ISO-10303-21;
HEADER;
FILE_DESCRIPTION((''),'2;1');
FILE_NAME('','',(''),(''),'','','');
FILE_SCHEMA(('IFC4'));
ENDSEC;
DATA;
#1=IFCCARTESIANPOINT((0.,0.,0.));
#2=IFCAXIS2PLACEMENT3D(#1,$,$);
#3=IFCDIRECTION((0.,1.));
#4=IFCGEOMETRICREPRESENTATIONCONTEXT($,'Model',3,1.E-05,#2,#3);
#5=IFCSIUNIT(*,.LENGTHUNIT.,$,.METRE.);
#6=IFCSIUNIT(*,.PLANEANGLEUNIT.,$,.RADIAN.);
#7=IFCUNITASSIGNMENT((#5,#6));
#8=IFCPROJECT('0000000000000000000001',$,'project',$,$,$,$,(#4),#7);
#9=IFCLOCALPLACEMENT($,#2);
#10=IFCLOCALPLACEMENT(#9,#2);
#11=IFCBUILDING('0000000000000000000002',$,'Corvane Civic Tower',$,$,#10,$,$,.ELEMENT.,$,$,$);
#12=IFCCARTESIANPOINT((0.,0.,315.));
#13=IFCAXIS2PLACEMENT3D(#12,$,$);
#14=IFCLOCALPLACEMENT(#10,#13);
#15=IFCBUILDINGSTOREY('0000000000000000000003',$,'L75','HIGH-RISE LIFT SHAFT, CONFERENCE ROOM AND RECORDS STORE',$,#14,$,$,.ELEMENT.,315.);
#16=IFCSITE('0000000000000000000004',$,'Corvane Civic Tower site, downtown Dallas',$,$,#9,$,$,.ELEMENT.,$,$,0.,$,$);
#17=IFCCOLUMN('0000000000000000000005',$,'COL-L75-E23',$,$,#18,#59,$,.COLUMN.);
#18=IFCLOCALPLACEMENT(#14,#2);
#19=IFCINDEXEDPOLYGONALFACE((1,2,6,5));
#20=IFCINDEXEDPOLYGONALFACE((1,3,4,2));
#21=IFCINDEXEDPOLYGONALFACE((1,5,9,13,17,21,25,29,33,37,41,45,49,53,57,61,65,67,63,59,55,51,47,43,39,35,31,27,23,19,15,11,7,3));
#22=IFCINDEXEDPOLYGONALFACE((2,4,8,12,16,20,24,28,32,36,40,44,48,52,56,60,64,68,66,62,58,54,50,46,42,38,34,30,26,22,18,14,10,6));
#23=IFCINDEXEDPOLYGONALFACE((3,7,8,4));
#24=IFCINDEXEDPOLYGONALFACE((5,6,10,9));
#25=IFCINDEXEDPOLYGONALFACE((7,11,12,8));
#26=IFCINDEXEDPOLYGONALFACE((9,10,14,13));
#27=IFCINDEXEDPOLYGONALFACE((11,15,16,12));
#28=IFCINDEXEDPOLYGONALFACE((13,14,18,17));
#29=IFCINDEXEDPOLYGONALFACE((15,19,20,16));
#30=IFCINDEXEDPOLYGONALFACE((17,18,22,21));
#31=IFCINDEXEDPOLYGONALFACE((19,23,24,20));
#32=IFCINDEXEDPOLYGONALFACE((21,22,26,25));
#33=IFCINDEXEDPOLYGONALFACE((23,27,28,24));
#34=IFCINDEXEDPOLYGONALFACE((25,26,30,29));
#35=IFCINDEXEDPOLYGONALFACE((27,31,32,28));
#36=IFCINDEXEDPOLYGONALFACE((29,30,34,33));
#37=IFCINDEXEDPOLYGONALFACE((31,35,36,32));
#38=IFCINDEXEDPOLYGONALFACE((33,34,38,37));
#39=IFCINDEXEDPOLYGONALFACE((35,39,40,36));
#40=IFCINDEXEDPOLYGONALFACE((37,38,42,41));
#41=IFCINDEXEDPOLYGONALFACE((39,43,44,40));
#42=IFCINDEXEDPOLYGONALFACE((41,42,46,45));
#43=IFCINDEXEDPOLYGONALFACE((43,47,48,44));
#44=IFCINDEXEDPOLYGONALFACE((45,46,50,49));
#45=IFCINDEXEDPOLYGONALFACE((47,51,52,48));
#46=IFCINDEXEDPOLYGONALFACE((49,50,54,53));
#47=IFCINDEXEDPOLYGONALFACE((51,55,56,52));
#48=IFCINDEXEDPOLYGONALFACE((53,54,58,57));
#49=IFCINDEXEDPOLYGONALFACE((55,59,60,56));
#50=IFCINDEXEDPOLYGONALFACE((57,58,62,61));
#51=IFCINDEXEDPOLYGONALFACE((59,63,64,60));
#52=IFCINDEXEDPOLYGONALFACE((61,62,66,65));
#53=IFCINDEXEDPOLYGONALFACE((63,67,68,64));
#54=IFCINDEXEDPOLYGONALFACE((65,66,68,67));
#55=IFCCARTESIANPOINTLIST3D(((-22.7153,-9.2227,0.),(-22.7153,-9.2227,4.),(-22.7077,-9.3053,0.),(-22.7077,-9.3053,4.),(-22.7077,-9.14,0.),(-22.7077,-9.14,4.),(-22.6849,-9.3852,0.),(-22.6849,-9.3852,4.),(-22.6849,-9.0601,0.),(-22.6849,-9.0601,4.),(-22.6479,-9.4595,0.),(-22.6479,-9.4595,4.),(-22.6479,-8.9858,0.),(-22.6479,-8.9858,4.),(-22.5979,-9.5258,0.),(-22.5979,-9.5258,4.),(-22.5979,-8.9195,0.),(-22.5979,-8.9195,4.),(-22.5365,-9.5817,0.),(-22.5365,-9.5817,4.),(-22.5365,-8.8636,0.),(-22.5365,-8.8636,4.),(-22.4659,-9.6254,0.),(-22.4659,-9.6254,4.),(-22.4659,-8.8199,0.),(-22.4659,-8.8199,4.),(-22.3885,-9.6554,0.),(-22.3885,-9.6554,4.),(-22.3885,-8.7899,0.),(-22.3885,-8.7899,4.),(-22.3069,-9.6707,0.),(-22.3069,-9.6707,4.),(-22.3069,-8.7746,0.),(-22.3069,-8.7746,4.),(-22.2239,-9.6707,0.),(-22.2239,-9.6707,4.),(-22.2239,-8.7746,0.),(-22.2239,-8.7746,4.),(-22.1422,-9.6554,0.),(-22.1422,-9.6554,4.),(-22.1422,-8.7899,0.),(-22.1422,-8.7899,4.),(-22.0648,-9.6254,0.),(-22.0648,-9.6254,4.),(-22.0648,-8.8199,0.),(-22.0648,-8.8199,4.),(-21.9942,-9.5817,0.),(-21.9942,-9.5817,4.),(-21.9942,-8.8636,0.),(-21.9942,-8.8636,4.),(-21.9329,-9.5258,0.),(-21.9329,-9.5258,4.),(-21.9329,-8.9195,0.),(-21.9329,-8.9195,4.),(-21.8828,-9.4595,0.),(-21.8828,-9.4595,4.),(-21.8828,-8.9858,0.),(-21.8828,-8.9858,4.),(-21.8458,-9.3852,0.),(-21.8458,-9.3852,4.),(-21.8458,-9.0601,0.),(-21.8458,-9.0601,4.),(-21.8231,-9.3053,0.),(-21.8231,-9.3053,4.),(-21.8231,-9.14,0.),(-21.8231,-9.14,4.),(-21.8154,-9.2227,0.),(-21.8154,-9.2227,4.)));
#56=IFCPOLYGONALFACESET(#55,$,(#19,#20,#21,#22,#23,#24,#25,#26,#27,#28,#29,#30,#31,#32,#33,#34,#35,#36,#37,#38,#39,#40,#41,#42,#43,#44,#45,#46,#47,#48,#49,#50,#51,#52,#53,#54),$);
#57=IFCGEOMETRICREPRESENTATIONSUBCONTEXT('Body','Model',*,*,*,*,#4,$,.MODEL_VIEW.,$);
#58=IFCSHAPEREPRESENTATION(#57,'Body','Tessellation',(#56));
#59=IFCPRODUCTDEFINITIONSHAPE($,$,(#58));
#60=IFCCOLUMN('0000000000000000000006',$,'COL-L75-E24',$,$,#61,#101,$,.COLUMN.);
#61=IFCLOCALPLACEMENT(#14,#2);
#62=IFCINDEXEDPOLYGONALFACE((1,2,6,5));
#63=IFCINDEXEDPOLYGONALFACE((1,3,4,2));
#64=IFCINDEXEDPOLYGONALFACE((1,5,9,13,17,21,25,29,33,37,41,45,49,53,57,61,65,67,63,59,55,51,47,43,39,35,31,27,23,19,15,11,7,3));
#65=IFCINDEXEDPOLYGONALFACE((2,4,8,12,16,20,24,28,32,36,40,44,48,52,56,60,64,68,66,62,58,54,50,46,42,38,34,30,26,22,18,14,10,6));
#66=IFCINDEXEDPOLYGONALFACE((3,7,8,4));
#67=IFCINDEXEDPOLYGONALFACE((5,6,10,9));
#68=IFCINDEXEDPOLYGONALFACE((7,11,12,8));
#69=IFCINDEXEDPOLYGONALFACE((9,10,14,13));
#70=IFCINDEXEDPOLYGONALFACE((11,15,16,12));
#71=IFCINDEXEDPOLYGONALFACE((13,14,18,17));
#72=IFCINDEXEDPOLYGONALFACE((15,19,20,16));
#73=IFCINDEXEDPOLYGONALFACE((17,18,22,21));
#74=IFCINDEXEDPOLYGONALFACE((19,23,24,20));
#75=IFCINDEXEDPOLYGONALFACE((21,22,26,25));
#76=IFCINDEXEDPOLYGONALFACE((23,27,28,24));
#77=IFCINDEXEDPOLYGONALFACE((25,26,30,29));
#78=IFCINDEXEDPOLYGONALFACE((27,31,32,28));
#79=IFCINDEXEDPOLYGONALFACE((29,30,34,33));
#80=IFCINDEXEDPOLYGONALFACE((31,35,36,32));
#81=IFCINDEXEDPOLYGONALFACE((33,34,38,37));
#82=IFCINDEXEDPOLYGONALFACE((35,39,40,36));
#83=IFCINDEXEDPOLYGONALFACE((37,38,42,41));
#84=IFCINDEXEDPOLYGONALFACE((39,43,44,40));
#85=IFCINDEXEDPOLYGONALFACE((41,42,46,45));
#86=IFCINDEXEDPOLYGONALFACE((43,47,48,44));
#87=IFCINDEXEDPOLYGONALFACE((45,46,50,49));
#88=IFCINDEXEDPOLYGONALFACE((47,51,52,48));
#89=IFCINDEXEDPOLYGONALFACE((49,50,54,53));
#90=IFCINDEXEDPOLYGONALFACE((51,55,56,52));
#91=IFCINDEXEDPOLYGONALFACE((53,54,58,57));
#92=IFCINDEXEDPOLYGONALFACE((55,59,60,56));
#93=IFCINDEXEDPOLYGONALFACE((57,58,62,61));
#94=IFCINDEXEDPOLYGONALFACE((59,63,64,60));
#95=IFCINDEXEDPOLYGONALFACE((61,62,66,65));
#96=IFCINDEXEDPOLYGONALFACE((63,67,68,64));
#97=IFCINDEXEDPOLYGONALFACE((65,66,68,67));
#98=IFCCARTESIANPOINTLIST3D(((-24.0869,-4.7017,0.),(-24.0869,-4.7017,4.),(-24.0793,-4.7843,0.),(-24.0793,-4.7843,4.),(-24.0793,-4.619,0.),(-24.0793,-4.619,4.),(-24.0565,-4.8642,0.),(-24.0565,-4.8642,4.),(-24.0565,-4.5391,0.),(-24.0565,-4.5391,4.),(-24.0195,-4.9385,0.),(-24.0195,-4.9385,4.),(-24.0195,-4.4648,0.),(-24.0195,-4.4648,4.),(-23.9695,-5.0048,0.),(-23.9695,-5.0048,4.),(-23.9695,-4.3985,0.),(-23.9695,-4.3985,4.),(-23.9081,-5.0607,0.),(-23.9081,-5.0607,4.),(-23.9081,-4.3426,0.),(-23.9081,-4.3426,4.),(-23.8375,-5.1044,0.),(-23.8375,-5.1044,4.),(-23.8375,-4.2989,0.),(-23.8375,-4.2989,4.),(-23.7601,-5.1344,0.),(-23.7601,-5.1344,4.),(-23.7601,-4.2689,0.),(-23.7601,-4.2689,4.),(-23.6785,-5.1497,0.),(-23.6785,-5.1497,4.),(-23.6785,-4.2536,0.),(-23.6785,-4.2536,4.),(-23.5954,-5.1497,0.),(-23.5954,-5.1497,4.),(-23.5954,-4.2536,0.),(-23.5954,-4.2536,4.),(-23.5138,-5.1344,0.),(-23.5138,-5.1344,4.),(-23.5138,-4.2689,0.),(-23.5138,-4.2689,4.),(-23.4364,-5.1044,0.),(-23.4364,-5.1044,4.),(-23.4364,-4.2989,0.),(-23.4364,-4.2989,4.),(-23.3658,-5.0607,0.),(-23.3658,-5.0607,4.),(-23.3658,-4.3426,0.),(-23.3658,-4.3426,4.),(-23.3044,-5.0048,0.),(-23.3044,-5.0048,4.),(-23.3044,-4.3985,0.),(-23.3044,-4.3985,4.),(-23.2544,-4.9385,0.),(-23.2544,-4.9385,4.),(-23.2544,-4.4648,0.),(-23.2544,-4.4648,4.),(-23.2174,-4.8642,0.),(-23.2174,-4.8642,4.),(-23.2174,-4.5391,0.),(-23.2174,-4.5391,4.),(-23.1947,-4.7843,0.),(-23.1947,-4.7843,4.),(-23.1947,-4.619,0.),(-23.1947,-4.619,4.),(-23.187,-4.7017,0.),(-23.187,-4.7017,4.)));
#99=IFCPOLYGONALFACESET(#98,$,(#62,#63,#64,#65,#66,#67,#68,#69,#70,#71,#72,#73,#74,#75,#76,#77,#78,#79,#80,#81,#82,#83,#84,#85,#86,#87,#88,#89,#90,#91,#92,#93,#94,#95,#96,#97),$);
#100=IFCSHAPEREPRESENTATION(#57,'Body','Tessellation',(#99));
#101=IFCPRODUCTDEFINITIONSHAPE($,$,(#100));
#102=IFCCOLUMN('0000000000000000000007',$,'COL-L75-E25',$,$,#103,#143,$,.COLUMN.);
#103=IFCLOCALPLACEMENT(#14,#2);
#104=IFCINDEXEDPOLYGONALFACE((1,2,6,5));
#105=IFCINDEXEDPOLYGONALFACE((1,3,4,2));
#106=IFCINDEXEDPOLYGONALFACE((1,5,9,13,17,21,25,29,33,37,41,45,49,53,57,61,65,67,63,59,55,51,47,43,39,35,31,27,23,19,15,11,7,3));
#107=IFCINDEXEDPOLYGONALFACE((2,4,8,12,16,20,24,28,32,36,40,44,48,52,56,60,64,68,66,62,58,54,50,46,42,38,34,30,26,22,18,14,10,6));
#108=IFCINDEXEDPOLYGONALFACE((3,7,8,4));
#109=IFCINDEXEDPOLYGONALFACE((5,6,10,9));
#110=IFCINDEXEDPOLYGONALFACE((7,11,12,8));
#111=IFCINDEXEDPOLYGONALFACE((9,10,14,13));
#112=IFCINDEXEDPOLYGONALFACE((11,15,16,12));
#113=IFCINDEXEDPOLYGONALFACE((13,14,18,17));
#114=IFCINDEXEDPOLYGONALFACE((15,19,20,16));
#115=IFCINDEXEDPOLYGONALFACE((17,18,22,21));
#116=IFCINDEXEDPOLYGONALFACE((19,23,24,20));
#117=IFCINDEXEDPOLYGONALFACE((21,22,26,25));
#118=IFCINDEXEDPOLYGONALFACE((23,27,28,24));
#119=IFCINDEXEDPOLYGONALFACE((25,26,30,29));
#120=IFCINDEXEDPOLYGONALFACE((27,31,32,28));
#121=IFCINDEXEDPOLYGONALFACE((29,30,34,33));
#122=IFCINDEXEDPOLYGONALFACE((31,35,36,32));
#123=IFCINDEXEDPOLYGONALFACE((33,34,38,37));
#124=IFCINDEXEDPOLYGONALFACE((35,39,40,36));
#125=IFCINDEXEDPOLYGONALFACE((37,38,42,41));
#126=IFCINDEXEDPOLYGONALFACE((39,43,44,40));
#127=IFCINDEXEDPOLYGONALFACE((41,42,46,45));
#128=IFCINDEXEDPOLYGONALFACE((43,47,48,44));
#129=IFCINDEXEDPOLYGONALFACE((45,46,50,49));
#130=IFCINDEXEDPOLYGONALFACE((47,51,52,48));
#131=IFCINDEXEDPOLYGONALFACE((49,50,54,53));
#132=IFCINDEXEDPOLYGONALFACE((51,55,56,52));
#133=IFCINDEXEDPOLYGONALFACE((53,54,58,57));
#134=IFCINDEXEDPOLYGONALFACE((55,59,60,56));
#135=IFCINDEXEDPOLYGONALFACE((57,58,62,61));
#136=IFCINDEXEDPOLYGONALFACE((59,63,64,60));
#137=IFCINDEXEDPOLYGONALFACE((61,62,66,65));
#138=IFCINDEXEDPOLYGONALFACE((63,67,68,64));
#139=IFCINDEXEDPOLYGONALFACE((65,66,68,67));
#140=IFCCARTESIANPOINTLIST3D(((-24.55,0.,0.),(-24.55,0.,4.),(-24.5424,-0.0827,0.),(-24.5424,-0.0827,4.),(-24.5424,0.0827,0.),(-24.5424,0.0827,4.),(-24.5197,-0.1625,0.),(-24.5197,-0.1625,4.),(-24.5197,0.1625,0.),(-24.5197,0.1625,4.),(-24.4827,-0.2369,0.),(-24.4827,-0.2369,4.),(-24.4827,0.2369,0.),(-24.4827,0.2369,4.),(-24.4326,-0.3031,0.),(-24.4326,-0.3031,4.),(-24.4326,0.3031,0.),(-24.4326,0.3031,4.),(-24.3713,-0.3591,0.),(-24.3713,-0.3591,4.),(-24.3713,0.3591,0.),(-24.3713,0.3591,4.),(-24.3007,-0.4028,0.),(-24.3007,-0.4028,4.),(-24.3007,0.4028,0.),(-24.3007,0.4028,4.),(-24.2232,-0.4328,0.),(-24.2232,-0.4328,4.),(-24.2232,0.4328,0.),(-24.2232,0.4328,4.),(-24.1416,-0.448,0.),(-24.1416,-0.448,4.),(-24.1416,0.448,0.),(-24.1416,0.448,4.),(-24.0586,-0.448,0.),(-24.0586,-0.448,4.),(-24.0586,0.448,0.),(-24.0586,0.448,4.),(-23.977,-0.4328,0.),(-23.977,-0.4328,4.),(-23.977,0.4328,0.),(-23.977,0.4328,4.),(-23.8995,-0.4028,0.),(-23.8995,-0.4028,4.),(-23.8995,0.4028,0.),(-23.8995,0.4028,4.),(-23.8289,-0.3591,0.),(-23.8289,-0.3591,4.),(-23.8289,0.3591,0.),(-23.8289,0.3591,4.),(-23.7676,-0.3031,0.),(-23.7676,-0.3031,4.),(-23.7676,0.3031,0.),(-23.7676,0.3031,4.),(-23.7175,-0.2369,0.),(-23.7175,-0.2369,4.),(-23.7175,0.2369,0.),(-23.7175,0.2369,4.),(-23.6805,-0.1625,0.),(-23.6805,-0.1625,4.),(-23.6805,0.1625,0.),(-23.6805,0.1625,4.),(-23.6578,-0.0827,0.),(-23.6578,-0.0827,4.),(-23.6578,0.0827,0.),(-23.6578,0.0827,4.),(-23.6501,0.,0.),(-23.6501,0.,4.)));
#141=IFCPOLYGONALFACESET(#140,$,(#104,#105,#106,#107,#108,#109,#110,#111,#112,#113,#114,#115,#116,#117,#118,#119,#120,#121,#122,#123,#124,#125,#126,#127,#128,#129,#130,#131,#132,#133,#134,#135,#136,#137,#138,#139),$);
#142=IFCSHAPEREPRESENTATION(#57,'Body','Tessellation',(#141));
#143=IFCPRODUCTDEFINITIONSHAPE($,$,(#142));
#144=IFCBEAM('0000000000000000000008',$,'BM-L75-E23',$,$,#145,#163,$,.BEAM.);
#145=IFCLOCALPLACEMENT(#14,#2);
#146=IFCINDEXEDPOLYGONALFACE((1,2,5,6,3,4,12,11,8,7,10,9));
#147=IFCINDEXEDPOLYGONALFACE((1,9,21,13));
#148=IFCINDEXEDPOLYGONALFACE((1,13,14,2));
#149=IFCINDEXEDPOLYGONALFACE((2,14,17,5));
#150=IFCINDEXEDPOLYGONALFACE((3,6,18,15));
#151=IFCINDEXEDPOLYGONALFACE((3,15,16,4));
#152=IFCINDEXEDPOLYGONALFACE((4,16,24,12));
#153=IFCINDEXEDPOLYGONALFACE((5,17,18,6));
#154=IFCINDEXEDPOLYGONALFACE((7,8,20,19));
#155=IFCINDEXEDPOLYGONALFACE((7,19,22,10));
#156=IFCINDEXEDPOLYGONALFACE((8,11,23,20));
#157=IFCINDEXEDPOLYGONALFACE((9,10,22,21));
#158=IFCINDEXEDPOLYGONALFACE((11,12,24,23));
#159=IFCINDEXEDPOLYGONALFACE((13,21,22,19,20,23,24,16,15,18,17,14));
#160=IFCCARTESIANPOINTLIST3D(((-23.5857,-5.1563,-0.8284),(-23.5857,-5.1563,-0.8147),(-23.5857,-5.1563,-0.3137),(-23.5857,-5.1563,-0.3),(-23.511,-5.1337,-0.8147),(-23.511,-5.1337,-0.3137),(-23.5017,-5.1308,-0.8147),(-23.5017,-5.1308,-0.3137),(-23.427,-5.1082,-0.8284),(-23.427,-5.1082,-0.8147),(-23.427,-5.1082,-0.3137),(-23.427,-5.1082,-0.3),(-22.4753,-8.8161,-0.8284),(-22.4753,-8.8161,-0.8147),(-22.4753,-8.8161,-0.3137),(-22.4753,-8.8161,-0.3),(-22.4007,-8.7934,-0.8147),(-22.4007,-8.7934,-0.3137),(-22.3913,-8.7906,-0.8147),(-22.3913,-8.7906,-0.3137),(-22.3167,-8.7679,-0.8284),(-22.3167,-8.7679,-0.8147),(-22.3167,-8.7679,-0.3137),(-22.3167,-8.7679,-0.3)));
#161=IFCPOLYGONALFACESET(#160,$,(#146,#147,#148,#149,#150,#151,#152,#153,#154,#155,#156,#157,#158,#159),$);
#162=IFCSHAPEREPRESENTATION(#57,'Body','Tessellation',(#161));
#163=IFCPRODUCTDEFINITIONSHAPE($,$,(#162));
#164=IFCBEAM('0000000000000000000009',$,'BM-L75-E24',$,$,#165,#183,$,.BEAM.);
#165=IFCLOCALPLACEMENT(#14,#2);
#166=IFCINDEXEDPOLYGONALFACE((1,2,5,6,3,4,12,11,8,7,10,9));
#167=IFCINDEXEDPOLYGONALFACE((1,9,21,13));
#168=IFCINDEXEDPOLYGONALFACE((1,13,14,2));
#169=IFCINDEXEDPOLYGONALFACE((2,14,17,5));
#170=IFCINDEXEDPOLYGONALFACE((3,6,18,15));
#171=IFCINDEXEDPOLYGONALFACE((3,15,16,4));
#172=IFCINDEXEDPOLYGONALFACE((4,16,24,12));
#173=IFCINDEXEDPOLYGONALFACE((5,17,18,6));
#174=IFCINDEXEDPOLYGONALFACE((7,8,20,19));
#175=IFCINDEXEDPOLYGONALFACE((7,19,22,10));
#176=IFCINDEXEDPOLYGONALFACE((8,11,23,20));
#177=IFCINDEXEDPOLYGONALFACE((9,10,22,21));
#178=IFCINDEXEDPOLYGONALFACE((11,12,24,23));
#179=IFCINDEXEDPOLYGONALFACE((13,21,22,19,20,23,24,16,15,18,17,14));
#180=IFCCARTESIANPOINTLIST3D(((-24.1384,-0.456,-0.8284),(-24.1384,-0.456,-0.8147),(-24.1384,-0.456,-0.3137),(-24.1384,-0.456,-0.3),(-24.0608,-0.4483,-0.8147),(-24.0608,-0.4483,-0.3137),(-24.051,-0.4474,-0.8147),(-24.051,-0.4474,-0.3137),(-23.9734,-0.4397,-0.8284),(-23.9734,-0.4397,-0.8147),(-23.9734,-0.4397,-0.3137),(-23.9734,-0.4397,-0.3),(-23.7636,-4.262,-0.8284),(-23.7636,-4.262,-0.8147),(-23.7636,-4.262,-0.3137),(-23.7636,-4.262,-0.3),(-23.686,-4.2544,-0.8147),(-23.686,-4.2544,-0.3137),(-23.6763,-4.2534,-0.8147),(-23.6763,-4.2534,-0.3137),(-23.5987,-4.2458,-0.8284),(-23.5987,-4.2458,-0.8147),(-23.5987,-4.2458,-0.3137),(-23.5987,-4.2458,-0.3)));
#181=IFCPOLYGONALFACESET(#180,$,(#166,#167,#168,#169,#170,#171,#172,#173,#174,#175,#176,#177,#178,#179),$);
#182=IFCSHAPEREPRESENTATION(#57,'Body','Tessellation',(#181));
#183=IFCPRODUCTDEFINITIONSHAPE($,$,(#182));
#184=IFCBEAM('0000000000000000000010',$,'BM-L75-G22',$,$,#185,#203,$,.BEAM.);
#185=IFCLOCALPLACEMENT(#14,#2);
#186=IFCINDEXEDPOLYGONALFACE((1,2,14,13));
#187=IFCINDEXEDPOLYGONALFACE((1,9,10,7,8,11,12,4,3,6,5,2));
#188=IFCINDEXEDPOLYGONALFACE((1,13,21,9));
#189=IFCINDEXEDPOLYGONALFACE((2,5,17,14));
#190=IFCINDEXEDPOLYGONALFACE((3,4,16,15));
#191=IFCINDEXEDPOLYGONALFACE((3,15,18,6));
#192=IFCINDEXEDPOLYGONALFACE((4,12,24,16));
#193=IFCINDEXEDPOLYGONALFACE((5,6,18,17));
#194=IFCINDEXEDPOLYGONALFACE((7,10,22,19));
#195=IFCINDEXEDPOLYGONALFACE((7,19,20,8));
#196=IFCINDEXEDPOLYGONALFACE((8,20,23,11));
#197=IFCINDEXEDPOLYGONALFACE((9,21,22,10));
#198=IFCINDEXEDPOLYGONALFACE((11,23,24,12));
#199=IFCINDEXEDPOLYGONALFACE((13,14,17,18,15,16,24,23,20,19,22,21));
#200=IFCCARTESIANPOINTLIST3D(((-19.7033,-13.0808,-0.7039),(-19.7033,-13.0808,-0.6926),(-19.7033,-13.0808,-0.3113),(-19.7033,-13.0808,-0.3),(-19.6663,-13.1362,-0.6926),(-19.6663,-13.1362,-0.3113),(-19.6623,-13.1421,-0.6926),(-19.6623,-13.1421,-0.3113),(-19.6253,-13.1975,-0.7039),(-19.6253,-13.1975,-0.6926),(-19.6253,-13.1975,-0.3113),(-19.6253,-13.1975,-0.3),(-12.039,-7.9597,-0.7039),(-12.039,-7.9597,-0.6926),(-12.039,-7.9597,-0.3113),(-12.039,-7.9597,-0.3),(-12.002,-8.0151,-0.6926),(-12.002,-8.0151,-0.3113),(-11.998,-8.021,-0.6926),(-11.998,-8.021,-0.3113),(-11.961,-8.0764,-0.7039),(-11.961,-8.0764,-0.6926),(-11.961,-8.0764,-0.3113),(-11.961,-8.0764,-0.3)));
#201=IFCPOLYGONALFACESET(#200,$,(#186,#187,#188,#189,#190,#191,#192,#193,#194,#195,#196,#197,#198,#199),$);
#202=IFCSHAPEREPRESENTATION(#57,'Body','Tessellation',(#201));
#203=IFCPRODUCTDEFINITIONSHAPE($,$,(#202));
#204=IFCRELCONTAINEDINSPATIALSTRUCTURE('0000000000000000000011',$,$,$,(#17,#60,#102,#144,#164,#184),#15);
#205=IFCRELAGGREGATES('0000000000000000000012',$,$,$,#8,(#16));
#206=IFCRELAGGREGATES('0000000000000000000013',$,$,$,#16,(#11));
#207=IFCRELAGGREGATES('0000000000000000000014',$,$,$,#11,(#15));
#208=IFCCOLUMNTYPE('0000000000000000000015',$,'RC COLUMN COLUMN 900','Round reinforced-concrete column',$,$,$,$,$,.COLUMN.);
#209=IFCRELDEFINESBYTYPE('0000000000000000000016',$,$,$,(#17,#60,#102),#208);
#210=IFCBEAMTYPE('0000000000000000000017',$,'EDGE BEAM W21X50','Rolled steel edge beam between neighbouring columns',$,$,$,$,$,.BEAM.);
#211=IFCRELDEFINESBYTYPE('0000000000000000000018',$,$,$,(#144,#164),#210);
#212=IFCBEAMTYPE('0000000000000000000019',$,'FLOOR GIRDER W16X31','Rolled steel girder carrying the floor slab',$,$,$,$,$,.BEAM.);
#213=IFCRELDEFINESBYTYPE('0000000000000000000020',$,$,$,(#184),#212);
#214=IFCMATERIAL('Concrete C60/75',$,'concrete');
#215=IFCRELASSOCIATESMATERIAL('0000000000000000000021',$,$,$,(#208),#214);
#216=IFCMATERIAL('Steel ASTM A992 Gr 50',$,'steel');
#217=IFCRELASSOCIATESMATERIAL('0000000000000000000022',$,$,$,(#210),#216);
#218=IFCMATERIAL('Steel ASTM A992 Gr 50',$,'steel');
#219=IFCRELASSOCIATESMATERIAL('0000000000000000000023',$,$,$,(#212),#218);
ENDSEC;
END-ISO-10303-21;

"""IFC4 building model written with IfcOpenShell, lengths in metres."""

from ifc_helpers import new_model, si_unit, direction, frame, origin, origin_2d, place, context, subcontext, project, spatial, circle, i_section, extrude, material, material_profile, profile_set, type_object, element, save


model = new_model("IFC4")

# Units and contexts
model_context = context("Model", 3, precision=1e-05, world=origin(), true_north=direction((0.0, 1.0)))
body_context = subcontext(model_context, "Body", "Model", "MODEL_VIEW")
ifc_project = project(units=[si_unit("LENGTHUNIT", "METRE"), si_unit("PLANEANGLEUNIT", "RADIAN")], contexts=[model_context])

# Site, building, storey
site_placement = place(None, origin())
site = spatial("IfcSite", under=ifc_project, at=site_placement, Name="Corvane Civic Tower site, downtown Dallas", CompositionType="ELEMENT", RefElevation=0.0)
building_placement = place(site_placement, origin())
building = spatial("IfcBuilding", under=site, at=building_placement, Name="Corvane Civic Tower", CompositionType="ELEMENT")
storey_placement = place(building_placement, frame((0.0, 0.0, 315.0)))
storey = spatial("IfcBuildingStorey", under=building, at=storey_placement, Name="L75", Description="HIGH-RISE LIFT SHAFT, CONFERENCE ROOM AND RECORDS STORE", CompositionType="ELEMENT", Elevation=315.0)

# Columns
ifc_material_1 = material(Name="Concrete C60/75", Category="concrete")
ifc_material_profile_1 = material_profile(ifc_material_1, circle(Radius=0.45, at=origin_2d()), Name="COLUMN 900")
ifc_profile_set_1 = profile_set([ifc_material_profile_1], Name="Concrete C60/75")
column_type = type_object("IfcColumnType", Name="RC COLUMN COLUMN 900", Description="Round reinforced-concrete column", PredefinedType="COLUMN", material=ifc_profile_set_1)
for number, where, z_axis, x_axis, name in (
    (1, (-22.2654, -9.2227, 0.0), (0.0, 0.0, 1.0), (1.0, 0.0, 0.0), "COL-L75-E23"),
    (2, (-23.637, -4.7017, 0.0), (0.0, 0.0, 1.0), (1.0, 0.0, 0.0), "COL-L75-E24"),
    (3, (-24.1001, 0.0, 0.0), (0.0, 0.0, 1.0), (1.0, 0.0, 0.0), "COL-L75-E25"),
):
    element("IfcColumn", number, at=place(storey_placement, frame(where, z_axis=z_axis, x_axis=x_axis)), inside=storey, type_object=column_type, Name=name, PredefinedType="COLUMN", context=body_context, shape_type="SweptSolid", body=[
        extrude(circle(Radius=0.45, at=origin_2d()), origin(), (0.0, 0.0, 1.0), 4.0),
    ])

# Beams
ifc_material_2 = material(Name="Steel ASTM A992 Gr 50", Category="steel")
ifc_material_profile_2 = material_profile(ifc_material_2, i_section(OverallWidth=0.1658, OverallDepth=0.5283, WebThickness=0.0098, FlangeThickness=0.0137, at=origin_2d()), Name="W21X50")
ifc_profile_set_2 = profile_set([ifc_material_profile_2], Name="Steel ASTM A992 Gr 50")
beam_type_1 = type_object("IfcBeamType", Name="EDGE BEAM W21X50", Description="Rolled steel edge beam between neighbouring columns", PredefinedType="BEAM", material=ifc_profile_set_2)
for number, where, z_axis, x_axis, name in (
    (4, (-22.396, -8.792, -0.5642), (-0.290333, 0.956926, 0.0), (-0.956926, -0.290333, 0.0), "BM-L75-E23"),
    (5, (-23.6812, -4.2539, -0.5642), (-0.097987, 0.995188, 0.0), (-0.995188, -0.097987, 0.0), "BM-L75-E24"),
):
    element("IfcBeam", number, at=place(storey_placement, frame(where, z_axis=z_axis, x_axis=x_axis)), inside=storey, type_object=beam_type_1, Name=name, PredefinedType="BEAM", context=body_context, shape_type="SweptSolid", body=[
        extrude(i_section(OverallWidth=0.1658, OverallDepth=0.5283, WebThickness=0.0098, FlangeThickness=0.0137, at=origin_2d()), origin(), (0.0, 0.0, 1.0), 3.8245),
    ])
ifc_material_3 = material(Name="Steel ASTM A992 Gr 50", Category="steel")
ifc_material_profile_3 = material_profile(ifc_material_3, i_section(OverallWidth=0.1404, OverallDepth=0.4038, WebThickness=0.0071, FlangeThickness=0.0112, at=origin_2d()), Name="W16X31")
ifc_profile_set_3 = profile_set([ifc_material_profile_3], Name="Steel ASTM A992 Gr 50")
beam_type_2 = type_object("IfcBeamType", Name="FLOOR GIRDER W16X31", Description="Rolled steel girder carrying the floor slab", PredefinedType="BEAM", material=ifc_profile_set_3)
beam_1_placement = place(storey_placement, frame((-12.0, -8.0181, -0.502), z_axis=(-0.831471, -0.555568, 0.0), x_axis=(0.555568, -0.831471, 0.0)))
element("IfcBeam", 6, at=beam_1_placement, inside=storey, type_object=beam_type_2, Name="BM-L75-G22", PredefinedType="BEAM", context=body_context, shape_type="SweptSolid", body=[
    extrude(i_section(OverallWidth=0.1404, OverallDepth=0.4038, WebThickness=0.0071, FlangeThickness=0.0112, at=origin_2d()), origin(), (0.0, 0.0, 1.0), 9.2178),
])

save(model, "model.ifc")
